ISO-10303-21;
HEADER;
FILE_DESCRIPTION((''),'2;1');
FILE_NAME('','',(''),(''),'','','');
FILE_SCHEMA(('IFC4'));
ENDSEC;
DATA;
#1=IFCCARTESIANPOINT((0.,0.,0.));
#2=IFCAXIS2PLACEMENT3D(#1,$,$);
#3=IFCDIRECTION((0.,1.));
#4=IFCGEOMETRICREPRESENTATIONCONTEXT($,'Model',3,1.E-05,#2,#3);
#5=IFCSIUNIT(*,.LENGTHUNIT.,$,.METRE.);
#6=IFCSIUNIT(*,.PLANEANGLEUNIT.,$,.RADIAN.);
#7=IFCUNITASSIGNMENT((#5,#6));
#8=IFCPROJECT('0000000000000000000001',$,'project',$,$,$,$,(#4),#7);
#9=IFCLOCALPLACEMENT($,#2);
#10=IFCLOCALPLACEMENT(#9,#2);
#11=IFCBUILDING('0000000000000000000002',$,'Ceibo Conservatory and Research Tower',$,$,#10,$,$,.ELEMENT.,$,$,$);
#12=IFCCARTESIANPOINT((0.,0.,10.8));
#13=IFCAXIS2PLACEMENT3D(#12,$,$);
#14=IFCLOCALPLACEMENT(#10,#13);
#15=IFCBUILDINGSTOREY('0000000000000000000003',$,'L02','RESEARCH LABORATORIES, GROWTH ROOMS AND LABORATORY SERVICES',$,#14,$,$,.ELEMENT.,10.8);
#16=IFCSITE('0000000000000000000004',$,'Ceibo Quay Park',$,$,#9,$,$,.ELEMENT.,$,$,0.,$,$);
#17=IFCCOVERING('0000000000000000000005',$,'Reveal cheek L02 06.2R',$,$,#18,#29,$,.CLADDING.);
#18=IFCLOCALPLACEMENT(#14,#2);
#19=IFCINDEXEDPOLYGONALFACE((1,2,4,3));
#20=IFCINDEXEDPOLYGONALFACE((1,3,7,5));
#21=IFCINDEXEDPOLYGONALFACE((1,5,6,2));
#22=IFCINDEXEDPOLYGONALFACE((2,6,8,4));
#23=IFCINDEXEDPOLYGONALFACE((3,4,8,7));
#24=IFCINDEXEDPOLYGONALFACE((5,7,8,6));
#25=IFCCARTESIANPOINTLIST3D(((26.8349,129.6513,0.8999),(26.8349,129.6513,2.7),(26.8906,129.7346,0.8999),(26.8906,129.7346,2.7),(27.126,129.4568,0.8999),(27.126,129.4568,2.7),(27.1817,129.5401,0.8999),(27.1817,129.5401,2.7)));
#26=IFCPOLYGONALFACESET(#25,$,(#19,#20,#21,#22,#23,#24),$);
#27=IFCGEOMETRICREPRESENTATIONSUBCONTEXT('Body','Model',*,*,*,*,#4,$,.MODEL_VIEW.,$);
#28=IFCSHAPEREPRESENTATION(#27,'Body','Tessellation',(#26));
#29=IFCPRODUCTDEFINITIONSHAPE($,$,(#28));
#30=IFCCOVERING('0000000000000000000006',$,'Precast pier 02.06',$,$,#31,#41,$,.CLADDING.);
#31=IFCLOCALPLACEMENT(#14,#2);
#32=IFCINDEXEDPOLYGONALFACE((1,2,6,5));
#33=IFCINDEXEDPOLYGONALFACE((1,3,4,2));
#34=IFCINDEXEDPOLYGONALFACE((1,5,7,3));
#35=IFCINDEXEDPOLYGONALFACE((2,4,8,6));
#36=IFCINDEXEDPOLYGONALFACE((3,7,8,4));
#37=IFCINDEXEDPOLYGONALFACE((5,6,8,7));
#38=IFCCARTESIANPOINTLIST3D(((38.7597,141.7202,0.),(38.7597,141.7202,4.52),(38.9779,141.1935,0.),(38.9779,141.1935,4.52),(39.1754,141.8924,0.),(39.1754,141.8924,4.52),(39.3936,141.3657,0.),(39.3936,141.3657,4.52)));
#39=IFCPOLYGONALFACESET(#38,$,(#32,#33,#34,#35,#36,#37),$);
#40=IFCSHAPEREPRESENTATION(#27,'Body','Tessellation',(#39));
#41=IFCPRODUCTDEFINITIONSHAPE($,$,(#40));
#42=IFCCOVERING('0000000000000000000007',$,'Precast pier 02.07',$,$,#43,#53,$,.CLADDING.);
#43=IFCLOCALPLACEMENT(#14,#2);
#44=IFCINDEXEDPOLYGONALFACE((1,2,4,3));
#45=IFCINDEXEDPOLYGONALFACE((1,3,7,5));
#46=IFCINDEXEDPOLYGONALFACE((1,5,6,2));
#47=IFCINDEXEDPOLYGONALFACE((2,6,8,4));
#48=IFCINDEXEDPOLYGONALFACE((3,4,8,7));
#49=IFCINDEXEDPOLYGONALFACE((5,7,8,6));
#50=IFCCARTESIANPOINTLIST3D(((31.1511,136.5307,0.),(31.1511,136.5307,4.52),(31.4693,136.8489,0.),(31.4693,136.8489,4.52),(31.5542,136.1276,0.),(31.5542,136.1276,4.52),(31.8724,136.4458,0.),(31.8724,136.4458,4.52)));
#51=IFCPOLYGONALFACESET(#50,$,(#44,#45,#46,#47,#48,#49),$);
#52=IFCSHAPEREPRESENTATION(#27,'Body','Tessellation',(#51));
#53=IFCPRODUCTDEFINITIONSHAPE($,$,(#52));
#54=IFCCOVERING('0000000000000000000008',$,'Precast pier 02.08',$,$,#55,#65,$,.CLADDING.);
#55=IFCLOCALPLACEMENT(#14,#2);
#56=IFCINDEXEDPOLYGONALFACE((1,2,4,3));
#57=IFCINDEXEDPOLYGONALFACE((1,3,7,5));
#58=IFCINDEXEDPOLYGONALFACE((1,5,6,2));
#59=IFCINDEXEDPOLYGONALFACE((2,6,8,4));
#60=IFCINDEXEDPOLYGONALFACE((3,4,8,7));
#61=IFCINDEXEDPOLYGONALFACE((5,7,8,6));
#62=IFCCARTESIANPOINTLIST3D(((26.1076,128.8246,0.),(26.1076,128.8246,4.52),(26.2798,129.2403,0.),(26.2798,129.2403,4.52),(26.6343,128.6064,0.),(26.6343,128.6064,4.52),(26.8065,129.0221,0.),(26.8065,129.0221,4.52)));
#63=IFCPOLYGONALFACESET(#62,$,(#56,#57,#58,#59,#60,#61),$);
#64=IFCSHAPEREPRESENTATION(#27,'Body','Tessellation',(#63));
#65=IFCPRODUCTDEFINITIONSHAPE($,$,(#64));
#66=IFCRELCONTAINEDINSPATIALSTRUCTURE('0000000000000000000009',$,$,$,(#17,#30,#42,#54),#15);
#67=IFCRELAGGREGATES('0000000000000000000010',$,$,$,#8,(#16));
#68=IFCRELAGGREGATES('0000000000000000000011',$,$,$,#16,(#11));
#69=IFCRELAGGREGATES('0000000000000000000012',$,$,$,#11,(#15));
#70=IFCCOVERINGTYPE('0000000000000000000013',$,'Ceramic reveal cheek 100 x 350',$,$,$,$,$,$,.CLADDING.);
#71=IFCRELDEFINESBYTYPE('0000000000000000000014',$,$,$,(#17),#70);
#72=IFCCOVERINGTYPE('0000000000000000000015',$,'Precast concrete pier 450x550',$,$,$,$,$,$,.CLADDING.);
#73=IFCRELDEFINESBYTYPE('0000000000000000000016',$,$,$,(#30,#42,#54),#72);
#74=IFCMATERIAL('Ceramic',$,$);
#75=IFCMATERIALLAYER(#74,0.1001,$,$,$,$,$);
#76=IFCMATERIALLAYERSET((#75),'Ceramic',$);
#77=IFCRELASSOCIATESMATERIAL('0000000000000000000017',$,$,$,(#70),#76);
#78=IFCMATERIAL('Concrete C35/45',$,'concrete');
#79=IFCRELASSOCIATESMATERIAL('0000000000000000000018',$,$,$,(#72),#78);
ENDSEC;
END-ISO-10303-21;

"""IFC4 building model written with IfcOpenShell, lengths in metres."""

from ifc_helpers import new_model, si_unit, direction, frame, origin, origin_2d, place, context, subcontext, project, spatial, rectangle, extrude, material, layer, layer_set, type_object, element, save


model = new_model("IFC4")

# Units and contexts
model_context = context("Model", 3, precision=1e-05, world=origin(), true_north=direction((0.0, 1.0)))
body_context = subcontext(model_context, "Body", "Model", "MODEL_VIEW")
ifc_project = project(units=[si_unit("LENGTHUNIT", "METRE"), si_unit("PLANEANGLEUNIT", "RADIAN")], contexts=[model_context])

# Site, building, storey
site_placement = place(None, origin())
site = spatial("IfcSite", under=ifc_project, at=site_placement, Name="Ceibo Quay Park", CompositionType="ELEMENT", RefElevation=0.0)
building_placement = place(site_placement, origin())
building = spatial("IfcBuilding", under=site, at=building_placement, Name="Ceibo Conservatory and Research Tower", CompositionType="ELEMENT")
storey_placement = place(building_placement, frame((0.0, 0.0, 10.8)))
storey = spatial("IfcBuildingStorey", under=building, at=storey_placement, Name="L02", Description="RESEARCH LABORATORIES, GROWTH ROOMS AND LABORATORY SERVICES", CompositionType="ELEMENT", Elevation=10.8)

# Shared definitions
ifc_material_1 = material(Name="Concrete C35/45", Category="concrete")

# Coverings
ifc_material_2 = material(Name="Ceramic")
ifc_layer_1 = layer(ifc_material_2, 0.1001)
ifc_layer_set_1 = layer_set([ifc_layer_1], Name="Ceramic")
covering_type_1 = type_object("IfcCoveringType", Name="Ceramic reveal cheek 100 x 350", PredefinedType="CLADDING", material=ifc_layer_set_1)
for number, where, z_axis, x_axis, name in (
    (1, (27.0083, 129.5957, 0.8999), (0.0, 0.0, 1.0), (-0.55557, -0.83147, 0.0), "Reveal cheek L02 06.2R"),
):
    element("IfcCovering", number, at=place(storey_placement, frame(where, z_axis=z_axis, x_axis=x_axis)), inside=storey, type_object=covering_type_1, Name=name, PredefinedType="CLADDING", context=body_context, shape_type="SweptSolid", body=[
        extrude(rectangle(XDim=0.1001, YDim=0.3501, at=origin_2d()), origin(), (0.0, 0.0, 1.0), 1.8),
    ])
covering_type_2 = type_object("IfcCoveringType", Name="Precast concrete pier 450x550", PredefinedType="CLADDING", material=ifc_material_1)
for number, where, z_axis, x_axis, name in (
    (2, (39.0767, 141.543, 0.0), (0.0, 0.0, 1.0), (-0.382683, 0.92388, 0.0), "Precast pier 02.06"),
    (3, (31.5117, 136.4883, 0.0), (0.0, 0.0, 1.0), (-0.707107, 0.707107, 0.0), "Precast pier 02.07"),
    (4, (26.457, 128.9233, 0.0), (0.0, 0.0, 1.0), (-0.92388, 0.382683, 0.0), "Precast pier 02.08"),
):
    element("IfcCovering", number, at=place(storey_placement, frame(where, z_axis=z_axis, x_axis=x_axis)), inside=storey, type_object=covering_type_2, Name=name, PredefinedType="CLADDING", context=body_context, shape_type="SweptSolid", body=[
        extrude(rectangle(XDim=0.5701, YDim=0.45, at=origin_2d()), origin(), (0.0, 0.0, 1.0), 4.52),
    ])

save(model, "model.ifc")
